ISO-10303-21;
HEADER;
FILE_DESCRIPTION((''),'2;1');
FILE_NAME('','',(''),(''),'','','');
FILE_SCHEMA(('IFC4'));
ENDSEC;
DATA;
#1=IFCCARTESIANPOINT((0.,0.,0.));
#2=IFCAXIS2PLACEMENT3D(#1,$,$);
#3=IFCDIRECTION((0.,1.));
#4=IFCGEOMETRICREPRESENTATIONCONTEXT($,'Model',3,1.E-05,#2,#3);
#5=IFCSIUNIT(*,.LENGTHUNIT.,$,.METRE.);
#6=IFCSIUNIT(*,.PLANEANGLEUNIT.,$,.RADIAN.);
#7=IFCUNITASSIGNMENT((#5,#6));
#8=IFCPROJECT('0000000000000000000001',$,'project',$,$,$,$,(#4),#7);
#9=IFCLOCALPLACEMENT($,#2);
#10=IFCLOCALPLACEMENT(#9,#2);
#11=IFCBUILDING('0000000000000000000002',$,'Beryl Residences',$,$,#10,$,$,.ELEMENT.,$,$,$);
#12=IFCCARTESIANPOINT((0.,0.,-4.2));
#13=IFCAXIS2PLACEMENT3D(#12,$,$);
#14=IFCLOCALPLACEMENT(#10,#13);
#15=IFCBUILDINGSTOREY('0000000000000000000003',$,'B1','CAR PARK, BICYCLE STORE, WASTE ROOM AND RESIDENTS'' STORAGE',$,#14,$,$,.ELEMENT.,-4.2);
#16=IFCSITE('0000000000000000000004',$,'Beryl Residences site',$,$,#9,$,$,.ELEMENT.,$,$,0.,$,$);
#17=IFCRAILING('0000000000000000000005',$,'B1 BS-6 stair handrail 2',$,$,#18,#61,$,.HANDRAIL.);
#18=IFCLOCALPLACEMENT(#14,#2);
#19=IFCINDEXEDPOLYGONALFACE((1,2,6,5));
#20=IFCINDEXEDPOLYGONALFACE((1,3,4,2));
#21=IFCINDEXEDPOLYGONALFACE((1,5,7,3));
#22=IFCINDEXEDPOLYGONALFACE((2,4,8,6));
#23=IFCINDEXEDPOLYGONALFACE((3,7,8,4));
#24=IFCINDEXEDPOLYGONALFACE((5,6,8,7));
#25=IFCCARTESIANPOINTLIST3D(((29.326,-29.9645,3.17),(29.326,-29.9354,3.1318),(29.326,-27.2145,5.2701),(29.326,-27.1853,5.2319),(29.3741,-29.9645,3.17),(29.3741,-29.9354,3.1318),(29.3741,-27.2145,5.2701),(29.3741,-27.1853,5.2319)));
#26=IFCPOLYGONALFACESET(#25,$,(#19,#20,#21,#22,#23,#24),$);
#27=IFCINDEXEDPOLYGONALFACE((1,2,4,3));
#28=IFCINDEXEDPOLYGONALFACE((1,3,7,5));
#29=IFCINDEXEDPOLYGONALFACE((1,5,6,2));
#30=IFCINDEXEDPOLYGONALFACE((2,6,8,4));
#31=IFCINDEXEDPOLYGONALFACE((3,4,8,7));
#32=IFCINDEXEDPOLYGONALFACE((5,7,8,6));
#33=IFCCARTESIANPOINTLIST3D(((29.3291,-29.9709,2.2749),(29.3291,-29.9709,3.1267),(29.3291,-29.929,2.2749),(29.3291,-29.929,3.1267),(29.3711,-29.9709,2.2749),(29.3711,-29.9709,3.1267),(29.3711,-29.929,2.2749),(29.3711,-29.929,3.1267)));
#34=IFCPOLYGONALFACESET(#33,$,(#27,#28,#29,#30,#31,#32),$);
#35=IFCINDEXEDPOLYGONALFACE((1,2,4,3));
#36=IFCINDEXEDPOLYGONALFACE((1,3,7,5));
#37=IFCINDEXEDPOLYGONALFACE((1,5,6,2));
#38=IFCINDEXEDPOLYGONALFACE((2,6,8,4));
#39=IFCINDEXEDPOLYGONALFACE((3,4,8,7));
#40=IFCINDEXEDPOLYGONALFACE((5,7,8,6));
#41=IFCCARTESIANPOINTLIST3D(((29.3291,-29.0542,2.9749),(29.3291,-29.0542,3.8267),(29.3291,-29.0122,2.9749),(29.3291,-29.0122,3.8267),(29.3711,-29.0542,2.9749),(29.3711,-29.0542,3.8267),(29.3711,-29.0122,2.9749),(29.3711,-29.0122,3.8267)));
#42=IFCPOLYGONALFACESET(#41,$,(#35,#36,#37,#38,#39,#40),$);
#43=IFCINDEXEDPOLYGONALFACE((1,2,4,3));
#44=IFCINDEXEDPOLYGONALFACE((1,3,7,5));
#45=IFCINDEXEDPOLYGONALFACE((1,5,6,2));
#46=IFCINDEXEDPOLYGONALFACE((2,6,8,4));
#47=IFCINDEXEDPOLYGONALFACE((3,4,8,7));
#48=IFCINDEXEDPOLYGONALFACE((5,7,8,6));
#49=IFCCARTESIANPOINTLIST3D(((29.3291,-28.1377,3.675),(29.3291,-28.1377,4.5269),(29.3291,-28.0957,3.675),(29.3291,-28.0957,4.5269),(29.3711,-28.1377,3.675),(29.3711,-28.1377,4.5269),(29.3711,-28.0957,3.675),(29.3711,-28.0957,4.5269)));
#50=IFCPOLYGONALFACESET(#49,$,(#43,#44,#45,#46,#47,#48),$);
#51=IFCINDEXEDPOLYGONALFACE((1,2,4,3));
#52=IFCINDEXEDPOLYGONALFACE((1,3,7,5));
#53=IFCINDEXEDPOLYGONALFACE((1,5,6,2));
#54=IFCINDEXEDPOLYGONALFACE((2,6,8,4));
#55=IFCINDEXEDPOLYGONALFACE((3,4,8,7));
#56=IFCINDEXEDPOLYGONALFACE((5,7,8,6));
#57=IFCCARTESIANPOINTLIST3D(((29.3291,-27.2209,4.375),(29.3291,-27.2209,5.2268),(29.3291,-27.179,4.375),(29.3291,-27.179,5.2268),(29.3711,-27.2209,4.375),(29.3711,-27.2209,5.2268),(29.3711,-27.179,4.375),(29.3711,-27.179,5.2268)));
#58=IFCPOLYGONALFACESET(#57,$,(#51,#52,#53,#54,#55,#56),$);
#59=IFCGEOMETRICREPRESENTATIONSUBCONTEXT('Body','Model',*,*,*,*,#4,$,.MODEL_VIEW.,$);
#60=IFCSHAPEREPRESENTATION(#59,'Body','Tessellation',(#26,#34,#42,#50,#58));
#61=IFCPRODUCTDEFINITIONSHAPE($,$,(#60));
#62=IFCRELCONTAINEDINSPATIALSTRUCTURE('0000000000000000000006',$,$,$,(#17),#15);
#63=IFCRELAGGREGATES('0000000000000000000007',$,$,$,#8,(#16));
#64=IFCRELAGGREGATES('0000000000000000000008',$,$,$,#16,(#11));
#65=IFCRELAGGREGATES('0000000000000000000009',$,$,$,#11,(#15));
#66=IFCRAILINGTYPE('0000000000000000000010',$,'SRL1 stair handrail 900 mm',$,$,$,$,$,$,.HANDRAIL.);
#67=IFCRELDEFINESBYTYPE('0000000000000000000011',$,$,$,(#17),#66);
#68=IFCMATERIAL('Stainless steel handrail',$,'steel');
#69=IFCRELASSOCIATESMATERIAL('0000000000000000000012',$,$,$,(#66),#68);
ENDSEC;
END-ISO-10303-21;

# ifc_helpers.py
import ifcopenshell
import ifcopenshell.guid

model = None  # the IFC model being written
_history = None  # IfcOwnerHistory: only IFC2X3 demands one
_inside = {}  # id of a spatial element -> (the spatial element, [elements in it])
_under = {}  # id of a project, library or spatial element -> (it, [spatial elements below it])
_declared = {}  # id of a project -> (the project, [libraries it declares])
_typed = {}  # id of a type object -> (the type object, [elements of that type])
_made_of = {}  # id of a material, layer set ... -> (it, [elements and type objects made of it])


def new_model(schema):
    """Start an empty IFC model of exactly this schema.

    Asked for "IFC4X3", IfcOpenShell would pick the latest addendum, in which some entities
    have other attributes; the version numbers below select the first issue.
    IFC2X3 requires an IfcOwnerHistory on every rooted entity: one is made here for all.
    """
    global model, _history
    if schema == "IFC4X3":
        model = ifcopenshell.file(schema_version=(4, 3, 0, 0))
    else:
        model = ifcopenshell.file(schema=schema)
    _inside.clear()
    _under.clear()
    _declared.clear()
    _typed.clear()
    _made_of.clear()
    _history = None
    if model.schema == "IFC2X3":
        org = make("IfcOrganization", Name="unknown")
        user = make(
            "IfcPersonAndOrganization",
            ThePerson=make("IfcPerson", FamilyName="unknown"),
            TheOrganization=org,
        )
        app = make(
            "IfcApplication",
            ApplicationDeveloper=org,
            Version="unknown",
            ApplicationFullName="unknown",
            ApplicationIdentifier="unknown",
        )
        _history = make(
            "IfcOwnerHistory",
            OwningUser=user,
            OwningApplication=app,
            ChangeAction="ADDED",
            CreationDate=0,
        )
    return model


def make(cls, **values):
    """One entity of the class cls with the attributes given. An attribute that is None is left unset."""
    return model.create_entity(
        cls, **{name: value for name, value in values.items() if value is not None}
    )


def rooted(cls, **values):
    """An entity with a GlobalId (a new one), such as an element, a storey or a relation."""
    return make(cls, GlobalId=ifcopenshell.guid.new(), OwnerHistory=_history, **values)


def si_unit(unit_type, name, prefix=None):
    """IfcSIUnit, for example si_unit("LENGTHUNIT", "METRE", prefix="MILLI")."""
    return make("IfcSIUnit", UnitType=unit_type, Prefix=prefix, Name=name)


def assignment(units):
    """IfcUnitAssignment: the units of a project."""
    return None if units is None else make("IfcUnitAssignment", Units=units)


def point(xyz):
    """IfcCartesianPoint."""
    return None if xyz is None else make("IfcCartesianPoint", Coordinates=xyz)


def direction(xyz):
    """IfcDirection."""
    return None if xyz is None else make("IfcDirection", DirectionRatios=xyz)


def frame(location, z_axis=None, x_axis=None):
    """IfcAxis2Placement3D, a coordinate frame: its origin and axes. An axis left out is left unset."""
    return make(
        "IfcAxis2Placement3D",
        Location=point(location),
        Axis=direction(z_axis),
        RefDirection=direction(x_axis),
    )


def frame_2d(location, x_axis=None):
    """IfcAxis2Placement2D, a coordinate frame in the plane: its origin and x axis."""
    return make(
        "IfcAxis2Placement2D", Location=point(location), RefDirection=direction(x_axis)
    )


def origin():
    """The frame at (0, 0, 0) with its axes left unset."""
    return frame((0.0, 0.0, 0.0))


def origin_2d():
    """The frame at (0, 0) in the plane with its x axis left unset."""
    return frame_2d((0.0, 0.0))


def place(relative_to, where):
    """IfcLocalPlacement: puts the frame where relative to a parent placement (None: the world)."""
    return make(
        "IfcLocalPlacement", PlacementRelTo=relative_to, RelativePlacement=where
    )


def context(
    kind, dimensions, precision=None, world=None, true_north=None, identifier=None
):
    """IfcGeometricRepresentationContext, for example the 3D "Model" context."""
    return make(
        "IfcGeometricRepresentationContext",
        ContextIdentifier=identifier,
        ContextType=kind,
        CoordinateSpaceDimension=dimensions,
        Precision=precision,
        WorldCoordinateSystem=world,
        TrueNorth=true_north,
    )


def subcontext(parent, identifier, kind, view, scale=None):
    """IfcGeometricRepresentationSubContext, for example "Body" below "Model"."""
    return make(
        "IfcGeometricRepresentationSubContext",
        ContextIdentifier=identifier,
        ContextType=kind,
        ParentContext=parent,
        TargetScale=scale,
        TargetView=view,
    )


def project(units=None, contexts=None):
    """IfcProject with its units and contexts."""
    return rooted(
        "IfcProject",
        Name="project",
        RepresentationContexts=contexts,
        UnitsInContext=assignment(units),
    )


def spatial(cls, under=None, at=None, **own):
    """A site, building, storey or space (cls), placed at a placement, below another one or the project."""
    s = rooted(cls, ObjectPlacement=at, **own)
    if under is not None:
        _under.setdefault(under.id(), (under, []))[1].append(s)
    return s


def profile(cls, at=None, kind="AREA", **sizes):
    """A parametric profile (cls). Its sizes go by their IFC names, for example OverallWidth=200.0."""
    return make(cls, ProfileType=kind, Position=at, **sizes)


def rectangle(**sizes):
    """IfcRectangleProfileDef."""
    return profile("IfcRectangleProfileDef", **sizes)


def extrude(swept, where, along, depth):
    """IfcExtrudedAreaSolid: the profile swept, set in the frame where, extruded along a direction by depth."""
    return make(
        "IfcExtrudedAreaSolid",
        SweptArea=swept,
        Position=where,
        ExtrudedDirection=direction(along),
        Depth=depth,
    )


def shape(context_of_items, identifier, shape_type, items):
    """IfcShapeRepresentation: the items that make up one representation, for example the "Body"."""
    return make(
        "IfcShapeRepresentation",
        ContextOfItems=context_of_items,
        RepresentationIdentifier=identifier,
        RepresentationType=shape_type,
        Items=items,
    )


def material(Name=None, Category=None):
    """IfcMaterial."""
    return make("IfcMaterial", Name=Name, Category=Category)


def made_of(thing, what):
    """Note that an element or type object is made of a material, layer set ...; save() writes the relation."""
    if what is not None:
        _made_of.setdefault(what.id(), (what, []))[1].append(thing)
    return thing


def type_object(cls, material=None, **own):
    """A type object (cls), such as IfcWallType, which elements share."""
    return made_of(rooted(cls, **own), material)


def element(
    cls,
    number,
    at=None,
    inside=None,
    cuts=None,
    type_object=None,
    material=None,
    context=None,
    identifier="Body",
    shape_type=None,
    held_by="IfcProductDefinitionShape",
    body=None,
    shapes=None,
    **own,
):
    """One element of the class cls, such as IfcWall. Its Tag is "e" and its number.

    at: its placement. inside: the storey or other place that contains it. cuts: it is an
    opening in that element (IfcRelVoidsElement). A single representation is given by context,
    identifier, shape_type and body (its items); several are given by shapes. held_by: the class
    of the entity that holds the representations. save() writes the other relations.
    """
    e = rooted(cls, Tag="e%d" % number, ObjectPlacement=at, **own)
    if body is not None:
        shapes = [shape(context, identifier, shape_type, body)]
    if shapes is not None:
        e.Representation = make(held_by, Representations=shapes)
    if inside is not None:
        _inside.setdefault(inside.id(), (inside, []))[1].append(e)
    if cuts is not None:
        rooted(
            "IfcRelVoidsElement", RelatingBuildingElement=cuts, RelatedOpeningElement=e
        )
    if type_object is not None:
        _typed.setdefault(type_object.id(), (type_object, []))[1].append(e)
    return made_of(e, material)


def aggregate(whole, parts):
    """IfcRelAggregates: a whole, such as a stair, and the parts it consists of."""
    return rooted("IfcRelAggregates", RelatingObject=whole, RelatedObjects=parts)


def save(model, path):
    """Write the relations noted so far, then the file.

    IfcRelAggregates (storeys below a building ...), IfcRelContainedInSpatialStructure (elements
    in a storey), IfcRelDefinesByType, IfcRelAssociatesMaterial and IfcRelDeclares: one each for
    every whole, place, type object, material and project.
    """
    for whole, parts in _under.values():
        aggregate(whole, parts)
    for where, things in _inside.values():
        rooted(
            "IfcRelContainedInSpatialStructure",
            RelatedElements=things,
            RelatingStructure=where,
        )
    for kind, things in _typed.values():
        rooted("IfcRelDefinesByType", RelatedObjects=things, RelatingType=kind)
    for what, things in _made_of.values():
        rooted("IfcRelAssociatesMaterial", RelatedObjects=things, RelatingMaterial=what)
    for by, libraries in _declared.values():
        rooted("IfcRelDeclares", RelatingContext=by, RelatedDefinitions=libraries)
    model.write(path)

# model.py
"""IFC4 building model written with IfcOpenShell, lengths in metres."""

from ifc_helpers import new_model, si_unit, direction, frame, origin, origin_2d, place, context, subcontext, project, spatial, rectangle, extrude, material, type_object, element, save


model = new_model("IFC4")

# Units and contexts
model_context = context("Model", 3, precision=1e-05, world=origin(), true_north=direction((0.0, 1.0)))
body_context = subcontext(model_context, "Body", "Model", "MODEL_VIEW")
ifc_project = project(units=[si_unit("LENGTHUNIT", "METRE"), si_unit("PLANEANGLEUNIT", "RADIAN")], contexts=[model_context])

# Site, building, storey
site_placement = place(None, origin())
site = spatial("IfcSite", under=ifc_project, at=site_placement, Name="Beryl Residences site", CompositionType="ELEMENT", RefElevation=0.0)
building_placement = place(site_placement, origin())
building = spatial("IfcBuilding", under=site, at=building_placement, Name="Beryl Residences", CompositionType="ELEMENT")
storey_placement = place(building_placement, frame((0.0, 0.0, -4.2)))
storey = spatial("IfcBuildingStorey", under=building, at=storey_placement, Name="B1", Description="CAR PARK, BICYCLE STORE, WASTE ROOM AND RESIDENTS' STORAGE", CompositionType="ELEMENT", Elevation=-4.2)

# Railing
ifc_material_1 = material(Name="Stainless steel handrail", Category="steel")
railing_type_1 = type_object("IfcRailingType", Name="SRL1 stair handrail 900 mm", PredefinedType="HANDRAIL", material=ifc_material_1)
railing_1_placement = place(storey_placement, frame((29.3501, -29.95, 2.2749)))
element("IfcRailing", 1, at=railing_1_placement, inside=storey, type_object=railing_type_1, Name="B1 BS-6 stair handrail 2", PredefinedType="HANDRAIL", context=body_context, shape_type="SweptSolid", body=[
    extrude(rectangle(XDim=0.0481, YDim=0.0481, at=origin_2d()), frame((0.0, 0.0, 0.876), z_axis=(0.0, 0.794754, 0.606931), x_axis=(-1.0, 0.0, 0.0)), (0.0, 0.0, 1.0), 3.4602),
    extrude(rectangle(XDim=0.042, YDim=0.042, at=origin_2d()), origin(), (0.0, 0.0, 1.0), 0.8518),
    extrude(rectangle(XDim=0.042, YDim=0.042, at=origin_2d()), frame((0.0, 0.9167, 0.7)), (0.0, 0.0, 1.0), 0.8518),
    extrude(rectangle(XDim=0.042, YDim=0.042, at=origin_2d()), frame((0.0, 1.8333, 1.4001)), (0.0, 0.0, 1.0), 0.8518),
    extrude(rectangle(XDim=0.042, YDim=0.042, at=origin_2d()), frame((0.0, 2.75, 2.1001)), (0.0, 0.0, 1.0), 0.8518),
])

save(model, "model.ifc")
